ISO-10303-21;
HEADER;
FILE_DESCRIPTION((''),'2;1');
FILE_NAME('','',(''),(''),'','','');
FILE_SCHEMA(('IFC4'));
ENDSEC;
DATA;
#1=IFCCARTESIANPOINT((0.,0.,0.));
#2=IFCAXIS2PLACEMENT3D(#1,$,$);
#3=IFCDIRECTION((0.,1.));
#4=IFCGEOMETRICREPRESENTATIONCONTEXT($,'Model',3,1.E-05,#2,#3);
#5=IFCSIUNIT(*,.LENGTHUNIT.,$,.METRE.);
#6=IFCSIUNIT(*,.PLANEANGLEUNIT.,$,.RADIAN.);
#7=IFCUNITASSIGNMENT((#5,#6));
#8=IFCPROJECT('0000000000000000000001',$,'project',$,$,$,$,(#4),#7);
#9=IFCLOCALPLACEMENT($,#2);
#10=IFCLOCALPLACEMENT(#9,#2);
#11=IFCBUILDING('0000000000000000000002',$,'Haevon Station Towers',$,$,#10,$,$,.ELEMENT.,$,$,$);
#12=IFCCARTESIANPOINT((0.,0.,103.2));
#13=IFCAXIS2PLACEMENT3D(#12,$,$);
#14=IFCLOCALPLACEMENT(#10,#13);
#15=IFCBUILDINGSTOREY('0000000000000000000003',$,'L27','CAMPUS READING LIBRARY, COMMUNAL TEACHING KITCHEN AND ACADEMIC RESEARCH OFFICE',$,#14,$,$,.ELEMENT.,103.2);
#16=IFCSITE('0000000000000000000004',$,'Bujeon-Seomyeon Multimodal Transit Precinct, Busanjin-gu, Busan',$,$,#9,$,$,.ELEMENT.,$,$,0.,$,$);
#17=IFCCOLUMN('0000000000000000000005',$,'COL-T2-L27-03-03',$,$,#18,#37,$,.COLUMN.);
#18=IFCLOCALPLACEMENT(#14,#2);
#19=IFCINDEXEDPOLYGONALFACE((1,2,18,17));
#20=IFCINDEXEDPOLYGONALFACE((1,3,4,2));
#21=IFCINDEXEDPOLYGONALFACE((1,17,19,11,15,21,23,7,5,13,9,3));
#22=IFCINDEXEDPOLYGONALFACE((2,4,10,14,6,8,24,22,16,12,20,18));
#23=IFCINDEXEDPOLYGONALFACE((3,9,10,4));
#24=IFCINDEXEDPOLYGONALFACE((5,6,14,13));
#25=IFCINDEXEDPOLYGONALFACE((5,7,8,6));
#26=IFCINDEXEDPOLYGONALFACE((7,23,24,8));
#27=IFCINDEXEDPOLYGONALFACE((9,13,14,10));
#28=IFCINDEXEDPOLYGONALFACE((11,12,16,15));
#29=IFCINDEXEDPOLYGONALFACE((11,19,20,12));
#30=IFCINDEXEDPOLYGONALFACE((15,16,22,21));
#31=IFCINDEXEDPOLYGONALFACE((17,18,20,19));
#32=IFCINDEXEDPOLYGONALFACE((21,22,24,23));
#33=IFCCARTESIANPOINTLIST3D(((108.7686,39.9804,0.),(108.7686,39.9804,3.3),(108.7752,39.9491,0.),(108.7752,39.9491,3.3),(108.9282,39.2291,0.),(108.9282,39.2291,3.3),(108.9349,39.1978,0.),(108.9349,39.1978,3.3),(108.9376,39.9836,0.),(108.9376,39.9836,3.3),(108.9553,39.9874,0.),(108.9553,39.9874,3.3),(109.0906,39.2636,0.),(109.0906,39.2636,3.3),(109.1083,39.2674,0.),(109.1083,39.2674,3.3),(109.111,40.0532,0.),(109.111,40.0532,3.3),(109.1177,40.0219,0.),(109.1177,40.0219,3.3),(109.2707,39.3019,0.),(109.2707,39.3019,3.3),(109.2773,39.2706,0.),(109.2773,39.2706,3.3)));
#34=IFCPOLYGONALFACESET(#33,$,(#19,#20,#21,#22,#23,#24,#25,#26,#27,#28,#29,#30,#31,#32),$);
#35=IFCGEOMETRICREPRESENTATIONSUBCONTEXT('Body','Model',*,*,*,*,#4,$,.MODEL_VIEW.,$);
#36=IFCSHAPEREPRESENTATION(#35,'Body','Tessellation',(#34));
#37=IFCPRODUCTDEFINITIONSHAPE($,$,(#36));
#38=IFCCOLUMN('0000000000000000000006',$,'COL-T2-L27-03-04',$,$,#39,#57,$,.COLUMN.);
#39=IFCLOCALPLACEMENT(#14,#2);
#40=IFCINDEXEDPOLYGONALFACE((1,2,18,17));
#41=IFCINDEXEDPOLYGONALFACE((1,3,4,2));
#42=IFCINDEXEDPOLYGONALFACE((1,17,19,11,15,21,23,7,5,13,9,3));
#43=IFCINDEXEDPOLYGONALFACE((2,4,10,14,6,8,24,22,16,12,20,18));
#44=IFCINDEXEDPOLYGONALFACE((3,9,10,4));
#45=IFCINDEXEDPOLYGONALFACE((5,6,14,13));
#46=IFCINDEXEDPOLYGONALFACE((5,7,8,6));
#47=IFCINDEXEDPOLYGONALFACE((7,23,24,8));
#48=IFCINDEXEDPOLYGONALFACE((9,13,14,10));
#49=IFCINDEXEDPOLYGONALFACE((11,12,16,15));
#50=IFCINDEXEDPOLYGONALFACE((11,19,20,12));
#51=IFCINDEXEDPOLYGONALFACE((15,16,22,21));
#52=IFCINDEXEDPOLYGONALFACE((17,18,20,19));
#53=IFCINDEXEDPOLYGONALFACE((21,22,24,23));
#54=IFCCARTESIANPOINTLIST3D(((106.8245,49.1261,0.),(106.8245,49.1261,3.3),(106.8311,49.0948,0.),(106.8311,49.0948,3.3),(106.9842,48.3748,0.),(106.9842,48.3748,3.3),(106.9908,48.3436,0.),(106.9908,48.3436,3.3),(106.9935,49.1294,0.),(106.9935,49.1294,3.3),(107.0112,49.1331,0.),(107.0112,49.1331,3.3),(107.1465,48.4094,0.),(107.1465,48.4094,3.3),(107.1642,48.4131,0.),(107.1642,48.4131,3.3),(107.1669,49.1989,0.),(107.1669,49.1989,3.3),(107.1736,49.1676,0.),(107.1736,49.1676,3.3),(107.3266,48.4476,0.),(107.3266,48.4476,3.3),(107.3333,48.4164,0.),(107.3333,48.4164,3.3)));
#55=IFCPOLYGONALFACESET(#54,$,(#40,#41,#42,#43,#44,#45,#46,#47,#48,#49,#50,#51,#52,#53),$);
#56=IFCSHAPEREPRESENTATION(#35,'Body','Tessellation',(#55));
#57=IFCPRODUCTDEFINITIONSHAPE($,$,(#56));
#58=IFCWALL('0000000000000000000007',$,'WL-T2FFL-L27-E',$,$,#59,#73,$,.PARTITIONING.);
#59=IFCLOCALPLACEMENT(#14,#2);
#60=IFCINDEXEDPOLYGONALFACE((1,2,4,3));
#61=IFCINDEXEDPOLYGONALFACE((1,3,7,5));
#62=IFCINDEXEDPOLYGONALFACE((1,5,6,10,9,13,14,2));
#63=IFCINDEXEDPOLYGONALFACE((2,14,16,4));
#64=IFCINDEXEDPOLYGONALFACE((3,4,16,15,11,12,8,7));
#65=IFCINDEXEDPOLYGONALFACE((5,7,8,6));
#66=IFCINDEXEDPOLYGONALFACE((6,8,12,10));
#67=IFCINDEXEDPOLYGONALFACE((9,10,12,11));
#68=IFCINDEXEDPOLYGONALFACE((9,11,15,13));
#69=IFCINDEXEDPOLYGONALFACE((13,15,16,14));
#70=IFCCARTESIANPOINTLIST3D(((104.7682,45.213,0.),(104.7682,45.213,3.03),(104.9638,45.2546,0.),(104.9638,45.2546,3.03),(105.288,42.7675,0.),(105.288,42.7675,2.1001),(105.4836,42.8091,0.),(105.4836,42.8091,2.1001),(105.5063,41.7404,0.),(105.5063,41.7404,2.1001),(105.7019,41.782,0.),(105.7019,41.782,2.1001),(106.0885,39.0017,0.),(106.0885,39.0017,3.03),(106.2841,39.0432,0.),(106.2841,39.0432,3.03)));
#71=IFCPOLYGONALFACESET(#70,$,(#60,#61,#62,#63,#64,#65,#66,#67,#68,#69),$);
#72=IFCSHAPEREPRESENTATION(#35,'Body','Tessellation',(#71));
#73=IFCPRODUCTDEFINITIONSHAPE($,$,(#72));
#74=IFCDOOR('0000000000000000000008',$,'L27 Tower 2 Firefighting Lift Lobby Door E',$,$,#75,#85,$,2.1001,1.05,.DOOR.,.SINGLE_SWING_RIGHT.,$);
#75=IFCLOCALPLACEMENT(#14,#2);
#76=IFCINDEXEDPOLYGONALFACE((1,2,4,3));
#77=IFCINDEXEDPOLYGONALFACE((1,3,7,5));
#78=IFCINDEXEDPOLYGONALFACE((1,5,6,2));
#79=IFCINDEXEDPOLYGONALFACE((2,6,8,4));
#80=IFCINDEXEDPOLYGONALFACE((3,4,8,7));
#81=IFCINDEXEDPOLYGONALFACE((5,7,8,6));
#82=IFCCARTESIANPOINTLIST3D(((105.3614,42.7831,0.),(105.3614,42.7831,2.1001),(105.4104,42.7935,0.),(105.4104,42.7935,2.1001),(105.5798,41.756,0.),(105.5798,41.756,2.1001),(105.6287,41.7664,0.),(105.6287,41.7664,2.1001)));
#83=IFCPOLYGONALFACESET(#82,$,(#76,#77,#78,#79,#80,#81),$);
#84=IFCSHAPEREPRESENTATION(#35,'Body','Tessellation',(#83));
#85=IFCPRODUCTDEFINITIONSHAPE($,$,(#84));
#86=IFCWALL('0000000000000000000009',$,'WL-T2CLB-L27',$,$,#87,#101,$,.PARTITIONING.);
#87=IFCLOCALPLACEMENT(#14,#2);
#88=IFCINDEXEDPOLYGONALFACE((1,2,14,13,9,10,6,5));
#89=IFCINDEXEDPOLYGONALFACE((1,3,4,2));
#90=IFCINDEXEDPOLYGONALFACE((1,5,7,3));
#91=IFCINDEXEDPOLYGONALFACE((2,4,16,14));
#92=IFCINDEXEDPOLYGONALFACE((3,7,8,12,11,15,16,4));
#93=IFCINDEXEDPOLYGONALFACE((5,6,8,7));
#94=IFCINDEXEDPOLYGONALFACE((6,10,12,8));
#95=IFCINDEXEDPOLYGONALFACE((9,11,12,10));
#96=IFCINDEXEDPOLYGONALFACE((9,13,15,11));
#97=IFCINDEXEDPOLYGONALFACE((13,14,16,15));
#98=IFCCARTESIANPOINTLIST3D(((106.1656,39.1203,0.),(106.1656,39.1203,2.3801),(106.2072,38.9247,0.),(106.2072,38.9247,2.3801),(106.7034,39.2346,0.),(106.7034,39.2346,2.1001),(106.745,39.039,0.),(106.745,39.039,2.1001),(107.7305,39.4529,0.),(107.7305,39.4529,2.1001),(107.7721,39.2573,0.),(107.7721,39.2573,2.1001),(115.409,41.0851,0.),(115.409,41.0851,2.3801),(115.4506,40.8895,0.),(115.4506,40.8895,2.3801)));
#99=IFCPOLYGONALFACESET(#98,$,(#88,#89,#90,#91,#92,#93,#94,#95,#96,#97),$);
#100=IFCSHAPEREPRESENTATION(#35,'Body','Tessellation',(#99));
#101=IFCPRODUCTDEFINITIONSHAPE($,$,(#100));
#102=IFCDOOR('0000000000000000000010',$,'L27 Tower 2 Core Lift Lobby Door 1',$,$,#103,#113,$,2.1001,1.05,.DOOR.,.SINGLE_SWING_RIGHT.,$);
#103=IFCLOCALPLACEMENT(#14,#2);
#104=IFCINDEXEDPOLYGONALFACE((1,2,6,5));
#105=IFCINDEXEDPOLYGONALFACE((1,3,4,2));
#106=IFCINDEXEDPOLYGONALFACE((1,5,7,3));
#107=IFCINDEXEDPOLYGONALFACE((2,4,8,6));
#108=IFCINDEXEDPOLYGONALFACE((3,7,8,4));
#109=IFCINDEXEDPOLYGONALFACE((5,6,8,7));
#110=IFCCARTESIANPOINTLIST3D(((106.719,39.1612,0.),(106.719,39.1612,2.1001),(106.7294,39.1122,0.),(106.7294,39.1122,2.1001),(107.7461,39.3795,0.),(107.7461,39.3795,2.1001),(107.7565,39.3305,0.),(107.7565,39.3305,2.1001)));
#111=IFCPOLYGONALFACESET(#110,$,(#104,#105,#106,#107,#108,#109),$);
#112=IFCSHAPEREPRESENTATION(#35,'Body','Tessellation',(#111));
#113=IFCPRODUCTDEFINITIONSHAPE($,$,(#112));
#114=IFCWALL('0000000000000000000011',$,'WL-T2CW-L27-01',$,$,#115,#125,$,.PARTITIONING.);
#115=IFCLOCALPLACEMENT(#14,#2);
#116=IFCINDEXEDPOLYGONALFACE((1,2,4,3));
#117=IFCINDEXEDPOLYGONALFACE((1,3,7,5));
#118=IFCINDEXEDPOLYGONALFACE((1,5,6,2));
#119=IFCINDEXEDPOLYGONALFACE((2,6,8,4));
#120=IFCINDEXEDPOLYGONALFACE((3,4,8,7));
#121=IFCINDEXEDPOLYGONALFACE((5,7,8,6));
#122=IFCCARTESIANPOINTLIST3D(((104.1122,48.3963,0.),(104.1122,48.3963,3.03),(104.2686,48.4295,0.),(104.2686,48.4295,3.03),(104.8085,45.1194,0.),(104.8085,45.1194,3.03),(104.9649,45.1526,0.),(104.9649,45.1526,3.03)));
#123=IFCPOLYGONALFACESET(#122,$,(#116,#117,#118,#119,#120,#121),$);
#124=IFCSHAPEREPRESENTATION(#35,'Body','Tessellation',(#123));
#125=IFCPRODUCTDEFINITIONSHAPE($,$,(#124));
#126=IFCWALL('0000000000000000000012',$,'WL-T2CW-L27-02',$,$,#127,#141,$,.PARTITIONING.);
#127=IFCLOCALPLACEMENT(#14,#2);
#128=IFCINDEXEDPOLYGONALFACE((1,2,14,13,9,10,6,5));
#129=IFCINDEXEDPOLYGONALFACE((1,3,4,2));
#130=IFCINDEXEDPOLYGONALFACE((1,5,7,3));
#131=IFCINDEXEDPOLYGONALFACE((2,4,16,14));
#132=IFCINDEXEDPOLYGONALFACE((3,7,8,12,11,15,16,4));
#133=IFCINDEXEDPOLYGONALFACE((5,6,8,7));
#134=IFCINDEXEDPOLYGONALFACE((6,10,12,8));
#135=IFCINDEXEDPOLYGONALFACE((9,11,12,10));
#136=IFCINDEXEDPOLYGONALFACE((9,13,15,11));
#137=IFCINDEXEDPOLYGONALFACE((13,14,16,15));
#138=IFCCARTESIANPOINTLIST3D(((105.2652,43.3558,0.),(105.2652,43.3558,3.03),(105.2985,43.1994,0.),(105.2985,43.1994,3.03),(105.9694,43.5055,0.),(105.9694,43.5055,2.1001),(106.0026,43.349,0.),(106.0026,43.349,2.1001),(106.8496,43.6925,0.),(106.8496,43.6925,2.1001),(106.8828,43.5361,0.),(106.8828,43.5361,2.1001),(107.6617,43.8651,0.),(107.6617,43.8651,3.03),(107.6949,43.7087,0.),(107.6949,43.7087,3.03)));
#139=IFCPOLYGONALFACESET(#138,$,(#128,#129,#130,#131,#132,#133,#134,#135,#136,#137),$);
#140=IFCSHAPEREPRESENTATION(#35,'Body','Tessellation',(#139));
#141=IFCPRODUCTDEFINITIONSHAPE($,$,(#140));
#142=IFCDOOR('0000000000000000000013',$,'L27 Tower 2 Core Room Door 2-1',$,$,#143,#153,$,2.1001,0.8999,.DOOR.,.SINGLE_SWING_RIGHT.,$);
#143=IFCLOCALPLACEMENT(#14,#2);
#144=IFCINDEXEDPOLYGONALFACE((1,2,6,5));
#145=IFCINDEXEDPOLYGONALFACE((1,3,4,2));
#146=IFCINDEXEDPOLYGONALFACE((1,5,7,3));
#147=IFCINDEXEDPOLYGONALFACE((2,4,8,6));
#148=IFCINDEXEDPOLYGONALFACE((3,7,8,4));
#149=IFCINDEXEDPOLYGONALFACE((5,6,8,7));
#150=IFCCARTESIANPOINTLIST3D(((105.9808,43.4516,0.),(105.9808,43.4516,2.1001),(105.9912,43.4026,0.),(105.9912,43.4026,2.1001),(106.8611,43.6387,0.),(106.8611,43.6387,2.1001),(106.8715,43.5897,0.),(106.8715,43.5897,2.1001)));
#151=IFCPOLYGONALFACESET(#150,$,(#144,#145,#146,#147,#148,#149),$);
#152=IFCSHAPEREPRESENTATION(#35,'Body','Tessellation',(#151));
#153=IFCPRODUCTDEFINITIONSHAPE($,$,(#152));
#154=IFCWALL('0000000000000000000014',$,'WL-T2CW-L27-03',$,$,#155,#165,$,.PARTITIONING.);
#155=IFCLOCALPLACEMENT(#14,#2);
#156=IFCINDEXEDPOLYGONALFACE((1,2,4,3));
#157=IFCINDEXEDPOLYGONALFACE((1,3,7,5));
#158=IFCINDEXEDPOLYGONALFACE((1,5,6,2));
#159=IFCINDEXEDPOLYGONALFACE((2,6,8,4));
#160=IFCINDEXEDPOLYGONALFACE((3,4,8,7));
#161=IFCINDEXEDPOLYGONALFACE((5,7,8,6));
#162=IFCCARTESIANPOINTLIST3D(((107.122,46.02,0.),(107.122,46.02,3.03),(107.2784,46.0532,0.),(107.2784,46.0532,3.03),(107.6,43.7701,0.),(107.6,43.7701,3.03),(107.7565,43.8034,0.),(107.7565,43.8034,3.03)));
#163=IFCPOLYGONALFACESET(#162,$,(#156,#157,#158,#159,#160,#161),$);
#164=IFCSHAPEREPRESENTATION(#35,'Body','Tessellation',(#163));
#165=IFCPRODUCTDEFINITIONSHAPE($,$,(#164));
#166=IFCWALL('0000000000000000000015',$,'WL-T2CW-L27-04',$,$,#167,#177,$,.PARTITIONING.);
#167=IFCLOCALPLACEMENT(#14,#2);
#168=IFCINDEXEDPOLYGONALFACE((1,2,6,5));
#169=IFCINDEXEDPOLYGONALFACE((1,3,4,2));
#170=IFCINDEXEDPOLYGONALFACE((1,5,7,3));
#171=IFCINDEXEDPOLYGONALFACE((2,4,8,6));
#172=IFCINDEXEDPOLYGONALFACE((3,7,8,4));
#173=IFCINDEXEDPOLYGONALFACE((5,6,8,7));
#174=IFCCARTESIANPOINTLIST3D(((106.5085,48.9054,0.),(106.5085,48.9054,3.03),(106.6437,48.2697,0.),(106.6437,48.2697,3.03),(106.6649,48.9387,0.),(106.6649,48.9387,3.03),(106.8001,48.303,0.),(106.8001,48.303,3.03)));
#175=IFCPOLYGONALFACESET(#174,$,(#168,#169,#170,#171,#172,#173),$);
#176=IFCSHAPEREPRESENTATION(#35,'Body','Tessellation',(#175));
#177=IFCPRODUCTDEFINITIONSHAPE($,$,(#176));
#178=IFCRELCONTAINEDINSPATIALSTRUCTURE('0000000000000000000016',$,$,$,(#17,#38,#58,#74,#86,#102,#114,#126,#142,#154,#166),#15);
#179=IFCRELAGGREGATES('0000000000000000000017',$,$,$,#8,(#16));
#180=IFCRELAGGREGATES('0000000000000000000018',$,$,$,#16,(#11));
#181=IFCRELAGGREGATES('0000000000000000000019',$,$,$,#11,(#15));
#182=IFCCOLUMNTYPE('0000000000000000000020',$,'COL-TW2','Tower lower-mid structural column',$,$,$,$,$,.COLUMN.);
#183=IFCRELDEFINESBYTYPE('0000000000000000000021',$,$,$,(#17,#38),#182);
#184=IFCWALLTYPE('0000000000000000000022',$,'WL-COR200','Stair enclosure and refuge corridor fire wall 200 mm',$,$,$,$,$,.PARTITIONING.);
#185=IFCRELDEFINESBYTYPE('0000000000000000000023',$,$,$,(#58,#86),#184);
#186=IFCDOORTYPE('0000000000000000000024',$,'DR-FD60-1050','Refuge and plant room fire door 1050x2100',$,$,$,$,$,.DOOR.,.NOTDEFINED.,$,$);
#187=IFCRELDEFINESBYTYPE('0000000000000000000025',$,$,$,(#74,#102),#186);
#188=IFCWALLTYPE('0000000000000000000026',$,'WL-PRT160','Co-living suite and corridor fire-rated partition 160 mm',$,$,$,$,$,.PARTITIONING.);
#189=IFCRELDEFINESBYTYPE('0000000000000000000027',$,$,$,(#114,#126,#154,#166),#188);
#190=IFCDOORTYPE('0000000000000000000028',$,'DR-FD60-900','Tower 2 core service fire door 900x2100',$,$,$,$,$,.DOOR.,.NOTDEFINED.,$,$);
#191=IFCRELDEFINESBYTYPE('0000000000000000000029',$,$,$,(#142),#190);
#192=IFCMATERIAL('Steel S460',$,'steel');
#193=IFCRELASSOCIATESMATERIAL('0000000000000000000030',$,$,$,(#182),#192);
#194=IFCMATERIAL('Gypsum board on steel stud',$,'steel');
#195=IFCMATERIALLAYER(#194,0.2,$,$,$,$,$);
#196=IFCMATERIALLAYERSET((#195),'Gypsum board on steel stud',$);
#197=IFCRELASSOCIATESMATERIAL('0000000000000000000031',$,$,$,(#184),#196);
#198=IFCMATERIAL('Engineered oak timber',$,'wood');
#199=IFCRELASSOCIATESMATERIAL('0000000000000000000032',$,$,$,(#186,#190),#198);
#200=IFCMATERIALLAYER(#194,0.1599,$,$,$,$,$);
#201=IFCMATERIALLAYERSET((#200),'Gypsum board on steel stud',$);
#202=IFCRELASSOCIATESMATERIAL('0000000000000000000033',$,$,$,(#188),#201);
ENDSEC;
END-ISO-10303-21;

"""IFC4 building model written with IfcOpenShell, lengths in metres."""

from ifc_helpers import new_model, si_unit, direction, frame, frame_2d, origin, origin_2d, place, context, subcontext, project, spatial, rectangle, i_section, extrude, material, layer, layer_set, material_profile, profile_set, type_object, element, fill, save


model = new_model("IFC4")

# Units and contexts
model_context = context("Model", 3, precision=1e-05, world=origin(), true_north=direction((0.0, 1.0)))
body_context = subcontext(model_context, "Body", "Model", "MODEL_VIEW")
ifc_project = project(units=[si_unit("LENGTHUNIT", "METRE"), si_unit("PLANEANGLEUNIT", "RADIAN")], contexts=[model_context])

# Site, building, storey
site_placement = place(None, origin())
site = spatial("IfcSite", under=ifc_project, at=site_placement, Name="Bujeon-Seomyeon Multimodal Transit Precinct, Busanjin-gu, Busan", CompositionType="ELEMENT", RefElevation=0.0)
building_placement = place(site_placement, origin())
building = spatial("IfcBuilding", under=site, at=building_placement, Name="Haevon Station Towers", CompositionType="ELEMENT")
storey_placement = place(building_placement, frame((0.0, 0.0, 103.2)))
storey = spatial("IfcBuildingStorey", under=building, at=storey_placement, Name="L27", Description="CAMPUS READING LIBRARY, COMMUNAL TEACHING KITCHEN AND ACADEMIC RESEARCH OFFICE", CompositionType="ELEMENT", Elevation=103.2)

# Columns
ifc_material_1 = material(Name="Steel S460", Category="steel")
ifc_material_profile = material_profile(ifc_material_1, i_section(OverallWidth=0.3501, OverallDepth=0.8, WebThickness=0.0181, FlangeThickness=0.032, at=origin_2d()), Name="H-800x350x18x32")
ifc_profile_set = profile_set([ifc_material_profile], Name="Steel S460")
column_type = type_object("IfcColumnType", Name="COL-TW2", Description="Tower lower-mid structural column", PredefinedType="COLUMN", material=ifc_profile_set)
for number, where, z_axis, x_axis, name in (
    (1, (109.0229, 39.6255, 0.0), (0.0, 0.0, 1.0), (0.978148, 0.207912, 0.0), "COL-T2-L27-03-03"),
    (2, (107.0789, 48.7712, 0.0), (0.0, 0.0, 1.0), (0.978148, 0.207912, 0.0), "COL-T2-L27-03-04"),
):
    element("IfcColumn", number, at=place(storey_placement, frame(where, z_axis=z_axis, x_axis=x_axis)), inside=storey, type_object=column_type, Name=name, PredefinedType="COLUMN", context=body_context, shape_type="SweptSolid", body=[
        extrude(i_section(OverallWidth=0.3501, OverallDepth=0.8, WebThickness=0.0181, FlangeThickness=0.032, at=origin_2d()), origin(), (0.0, 0.0, 1.0), 3.3),
    ])

# Walls, openings, doors
ifc_material_2 = material(Name="Gypsum board on steel stud", Category="steel")
ifc_layer_1 = layer(ifc_material_2, 0.2)
ifc_layer_set_1 = layer_set([ifc_layer_1], Name="Gypsum board on steel stud")
wall_type_1 = type_object("IfcWallType", Name="WL-COR200", Description="Stair enclosure and refuge corridor fire wall 200 mm", PredefinedType="PARTITIONING", material=ifc_layer_set_1)
wall_1_placement = place(storey_placement, frame((106.1863, 39.0225, 0.0), z_axis=(0.0, 0.0, 1.0), x_axis=(-0.207917, 0.978147, 0.0)))
wall_1 = element("IfcWall", 3, at=wall_1_placement, inside=storey, type_object=wall_type_1, Name="WL-T2FFL-L27-E", PredefinedType="PARTITIONING", context=body_context, shape_type="SweptSolid", body=[
    extrude(rectangle(XDim=6.3501, YDim=0.2, at=frame_2d((3.175, 0.0))), origin(), (0.0, 0.0, 1.0), 3.03),
])
opening_1_placement = place(wall_1_placement, frame((2.8, 0.0, 0.0)))
opening_1 = element("IfcOpeningElement", 4, at=opening_1_placement, cuts=wall_1, PredefinedType="OPENING", context=body_context, shape_type="SweptSolid", body=[
    extrude(rectangle(XDim=1.05, YDim=2.1001, at=frame_2d((0.5249, 1.05))), frame((0.0, 0.1099, 0.0), z_axis=(0.0, -1.0, 0.0), x_axis=(1.0, 0.0, 0.0)), (0.0, 0.0, 1.0), 0.22),
])
ifc_material_3 = material(Name="Engineered oak timber", Category="wood")
door_type_1 = type_object("IfcDoorType", Name="DR-FD60-1050", Description="Refuge and plant room fire door 1050x2100", OperationType="NOTDEFINED", PredefinedType="DOOR", material=ifc_material_3)
door_1_placement = place(opening_1_placement, origin())
door_1 = element("IfcDoor", 5, at=door_1_placement, inside=storey, type_object=door_type_1, Name="L27 Tower 2 Firefighting Lift Lobby Door E", OperationType="SINGLE_SWING_RIGHT", OverallHeight=2.1001, OverallWidth=1.05, PredefinedType="DOOR", context=body_context, shape_type="SweptSolid", body=[
    extrude(rectangle(XDim=1.05, YDim=2.1001, at=frame_2d((0.5249, 1.05))), frame((0.0, 0.0249, 0.0), z_axis=(0.0, -1.0, 0.0), x_axis=(1.0, 0.0, 0.0)), (0.0, 0.0, 1.0), 0.05),
])
fill(opening_1, door_1)
wall_2_placement = place(storey_placement, frame((106.1863, 39.0225, 0.0), z_axis=(0.0, 0.0, 1.0), x_axis=(0.978146, 0.207921, 0.0)))
wall_2 = element("IfcWall", 6, at=wall_2_placement, inside=storey, type_object=wall_type_1, Name="WL-T2CLB-L27", PredefinedType="PARTITIONING", context=body_context, shape_type="SweptSolid", body=[
    extrude(rectangle(XDim=9.45, YDim=0.2, at=frame_2d((4.7251, 0.0))), origin(), (0.0, 0.0, 1.0), 2.3801),
])
opening_2_placement = place(wall_2_placement, frame((0.55, 0.0, 0.0)))
opening_2 = element("IfcOpeningElement", 7, at=opening_2_placement, cuts=wall_2, PredefinedType="OPENING", context=body_context, shape_type="SweptSolid", body=[
    extrude(rectangle(XDim=1.05, YDim=2.1001, at=frame_2d((0.5249, 1.05))), frame((0.0, 0.1099, 0.0), z_axis=(0.0, -1.0, 0.0), x_axis=(1.0, 0.0, 0.0)), (0.0, 0.0, 1.0), 0.22),
])
door_2_placement = place(opening_2_placement, origin())
door_2 = element("IfcDoor", 8, at=door_2_placement, inside=storey, type_object=door_type_1, Name="L27 Tower 2 Core Lift Lobby Door 1", OperationType="SINGLE_SWING_RIGHT", OverallHeight=2.1001, OverallWidth=1.05, PredefinedType="DOOR", context=body_context, shape_type="SweptSolid", body=[
    extrude(rectangle(XDim=1.05, YDim=2.1001, at=frame_2d((0.5249, 1.05))), frame((0.0, 0.0249, 0.0), z_axis=(0.0, -1.0, 0.0), x_axis=(1.0, 0.0, 0.0)), (0.0, 0.0, 1.0), 0.05),
])
fill(opening_2, door_2)

# Wall
ifc_layer_2 = layer(ifc_material_2, 0.1599)
ifc_layer_set_2 = layer_set([ifc_layer_2], Name="Gypsum board on steel stud")
wall_type_2 = type_object("IfcWallType", Name="WL-PRT160", Description="Co-living suite and corridor fire-rated partition 160 mm", PredefinedType="PARTITIONING", material=ifc_layer_set_2)
wall_3_placement = place(storey_placement, frame((104.8867, 45.136, 0.0), z_axis=(0.0, 0.0, 1.0), x_axis=(-0.207847, 0.978161, 0.0)))
element("IfcWall", 9, at=wall_3_placement, inside=storey, type_object=wall_type_2, Name="WL-T2CW-L27-01", PredefinedType="PARTITIONING", context=body_context, shape_type="SweptSolid", body=[
    extrude(rectangle(XDim=3.3501, YDim=0.1599, at=frame_2d((1.675, 0.0))), origin(), (0.0, 0.0, 1.0), 3.03),
])

# Wall, opening, door
wall_4_placement = place(storey_placement, frame((105.2817, 43.2776, 0.0), z_axis=(0.0, 0.0, 1.0), x_axis=(0.978157, 0.207868, 0.0)))
wall_4 = element("IfcWall", 10, at=wall_4_placement, inside=storey, type_object=wall_type_2, Name="WL-T2CW-L27-02", PredefinedType="PARTITIONING", context=body_context, shape_type="SweptSolid", body=[
    extrude(rectangle(XDim=2.45, YDim=0.1599, at=frame_2d((1.2251, 0.0))), origin(), (0.0, 0.0, 1.0), 3.03),
])
opening_3_placement = place(wall_4_placement, frame((0.72, 0.0, 0.0)))
opening_3 = element("IfcOpeningElement", 11, at=opening_3_placement, cuts=wall_4, PredefinedType="OPENING", context=body_context, shape_type="SweptSolid", body=[
    extrude(rectangle(XDim=0.8999, YDim=2.1001, at=frame_2d((0.45, 1.05))), frame((0.0, 0.0898, 0.0), z_axis=(0.0, -1.0, 0.0), x_axis=(1.0, 0.0, 0.0)), (0.0, 0.0, 1.0), 0.1799),
])
door_type_2 = type_object("IfcDoorType", Name="DR-FD60-900", Description="Tower 2 core service fire door 900x2100", OperationType="NOTDEFINED", PredefinedType="DOOR", material=ifc_material_3)
door_3_placement = place(opening_3_placement, origin())
door_3 = element("IfcDoor", 12, at=door_3_placement, inside=storey, type_object=door_type_2, Name="L27 Tower 2 Core Room Door 2-1", OperationType="SINGLE_SWING_RIGHT", OverallHeight=2.1001, OverallWidth=0.8999, PredefinedType="DOOR", context=body_context, shape_type="SweptSolid", body=[
    extrude(rectangle(XDim=0.8999, YDim=2.1001, at=frame_2d((0.45, 1.05))), frame((0.0, 0.0249, 0.0), z_axis=(0.0, -1.0, 0.0), x_axis=(1.0, 0.0, 0.0)), (0.0, 0.0, 1.0), 0.05),
])
fill(opening_3, door_3)

# Walls
wall_5_placement = place(storey_placement, frame((107.6782, 43.7869, 0.0), z_axis=(0.0, 0.0, 1.0), x_axis=(-0.20784, 0.978163, 0.0)))
element("IfcWall", 13, at=wall_5_placement, inside=storey, type_object=wall_type_2, Name="WL-T2CW-L27-03", PredefinedType="PARTITIONING", context=body_context, shape_type="SweptSolid", body=[
    extrude(rectangle(XDim=2.3, YDim=0.1599, at=frame_2d((1.1499, 0.0))), origin(), (0.0, 0.0, 1.0), 3.03),
])
wall_6_placement = place(storey_placement, frame((106.7219, 48.2864, 0.0), z_axis=(0.0, 0.0, 1.0), x_axis=(-0.208092, 0.978109, 0.0)))
element("IfcWall", 14, at=wall_6_placement, inside=storey, type_object=wall_type_2, Name="WL-T2CW-L27-04", PredefinedType="PARTITIONING", context=body_context, shape_type="SweptSolid", body=[
    extrude(rectangle(XDim=0.6499, YDim=0.1599, at=frame_2d((0.325, 0.0))), origin(), (0.0, 0.0, 1.0), 3.03),
])

save(model, "model.ifc")
